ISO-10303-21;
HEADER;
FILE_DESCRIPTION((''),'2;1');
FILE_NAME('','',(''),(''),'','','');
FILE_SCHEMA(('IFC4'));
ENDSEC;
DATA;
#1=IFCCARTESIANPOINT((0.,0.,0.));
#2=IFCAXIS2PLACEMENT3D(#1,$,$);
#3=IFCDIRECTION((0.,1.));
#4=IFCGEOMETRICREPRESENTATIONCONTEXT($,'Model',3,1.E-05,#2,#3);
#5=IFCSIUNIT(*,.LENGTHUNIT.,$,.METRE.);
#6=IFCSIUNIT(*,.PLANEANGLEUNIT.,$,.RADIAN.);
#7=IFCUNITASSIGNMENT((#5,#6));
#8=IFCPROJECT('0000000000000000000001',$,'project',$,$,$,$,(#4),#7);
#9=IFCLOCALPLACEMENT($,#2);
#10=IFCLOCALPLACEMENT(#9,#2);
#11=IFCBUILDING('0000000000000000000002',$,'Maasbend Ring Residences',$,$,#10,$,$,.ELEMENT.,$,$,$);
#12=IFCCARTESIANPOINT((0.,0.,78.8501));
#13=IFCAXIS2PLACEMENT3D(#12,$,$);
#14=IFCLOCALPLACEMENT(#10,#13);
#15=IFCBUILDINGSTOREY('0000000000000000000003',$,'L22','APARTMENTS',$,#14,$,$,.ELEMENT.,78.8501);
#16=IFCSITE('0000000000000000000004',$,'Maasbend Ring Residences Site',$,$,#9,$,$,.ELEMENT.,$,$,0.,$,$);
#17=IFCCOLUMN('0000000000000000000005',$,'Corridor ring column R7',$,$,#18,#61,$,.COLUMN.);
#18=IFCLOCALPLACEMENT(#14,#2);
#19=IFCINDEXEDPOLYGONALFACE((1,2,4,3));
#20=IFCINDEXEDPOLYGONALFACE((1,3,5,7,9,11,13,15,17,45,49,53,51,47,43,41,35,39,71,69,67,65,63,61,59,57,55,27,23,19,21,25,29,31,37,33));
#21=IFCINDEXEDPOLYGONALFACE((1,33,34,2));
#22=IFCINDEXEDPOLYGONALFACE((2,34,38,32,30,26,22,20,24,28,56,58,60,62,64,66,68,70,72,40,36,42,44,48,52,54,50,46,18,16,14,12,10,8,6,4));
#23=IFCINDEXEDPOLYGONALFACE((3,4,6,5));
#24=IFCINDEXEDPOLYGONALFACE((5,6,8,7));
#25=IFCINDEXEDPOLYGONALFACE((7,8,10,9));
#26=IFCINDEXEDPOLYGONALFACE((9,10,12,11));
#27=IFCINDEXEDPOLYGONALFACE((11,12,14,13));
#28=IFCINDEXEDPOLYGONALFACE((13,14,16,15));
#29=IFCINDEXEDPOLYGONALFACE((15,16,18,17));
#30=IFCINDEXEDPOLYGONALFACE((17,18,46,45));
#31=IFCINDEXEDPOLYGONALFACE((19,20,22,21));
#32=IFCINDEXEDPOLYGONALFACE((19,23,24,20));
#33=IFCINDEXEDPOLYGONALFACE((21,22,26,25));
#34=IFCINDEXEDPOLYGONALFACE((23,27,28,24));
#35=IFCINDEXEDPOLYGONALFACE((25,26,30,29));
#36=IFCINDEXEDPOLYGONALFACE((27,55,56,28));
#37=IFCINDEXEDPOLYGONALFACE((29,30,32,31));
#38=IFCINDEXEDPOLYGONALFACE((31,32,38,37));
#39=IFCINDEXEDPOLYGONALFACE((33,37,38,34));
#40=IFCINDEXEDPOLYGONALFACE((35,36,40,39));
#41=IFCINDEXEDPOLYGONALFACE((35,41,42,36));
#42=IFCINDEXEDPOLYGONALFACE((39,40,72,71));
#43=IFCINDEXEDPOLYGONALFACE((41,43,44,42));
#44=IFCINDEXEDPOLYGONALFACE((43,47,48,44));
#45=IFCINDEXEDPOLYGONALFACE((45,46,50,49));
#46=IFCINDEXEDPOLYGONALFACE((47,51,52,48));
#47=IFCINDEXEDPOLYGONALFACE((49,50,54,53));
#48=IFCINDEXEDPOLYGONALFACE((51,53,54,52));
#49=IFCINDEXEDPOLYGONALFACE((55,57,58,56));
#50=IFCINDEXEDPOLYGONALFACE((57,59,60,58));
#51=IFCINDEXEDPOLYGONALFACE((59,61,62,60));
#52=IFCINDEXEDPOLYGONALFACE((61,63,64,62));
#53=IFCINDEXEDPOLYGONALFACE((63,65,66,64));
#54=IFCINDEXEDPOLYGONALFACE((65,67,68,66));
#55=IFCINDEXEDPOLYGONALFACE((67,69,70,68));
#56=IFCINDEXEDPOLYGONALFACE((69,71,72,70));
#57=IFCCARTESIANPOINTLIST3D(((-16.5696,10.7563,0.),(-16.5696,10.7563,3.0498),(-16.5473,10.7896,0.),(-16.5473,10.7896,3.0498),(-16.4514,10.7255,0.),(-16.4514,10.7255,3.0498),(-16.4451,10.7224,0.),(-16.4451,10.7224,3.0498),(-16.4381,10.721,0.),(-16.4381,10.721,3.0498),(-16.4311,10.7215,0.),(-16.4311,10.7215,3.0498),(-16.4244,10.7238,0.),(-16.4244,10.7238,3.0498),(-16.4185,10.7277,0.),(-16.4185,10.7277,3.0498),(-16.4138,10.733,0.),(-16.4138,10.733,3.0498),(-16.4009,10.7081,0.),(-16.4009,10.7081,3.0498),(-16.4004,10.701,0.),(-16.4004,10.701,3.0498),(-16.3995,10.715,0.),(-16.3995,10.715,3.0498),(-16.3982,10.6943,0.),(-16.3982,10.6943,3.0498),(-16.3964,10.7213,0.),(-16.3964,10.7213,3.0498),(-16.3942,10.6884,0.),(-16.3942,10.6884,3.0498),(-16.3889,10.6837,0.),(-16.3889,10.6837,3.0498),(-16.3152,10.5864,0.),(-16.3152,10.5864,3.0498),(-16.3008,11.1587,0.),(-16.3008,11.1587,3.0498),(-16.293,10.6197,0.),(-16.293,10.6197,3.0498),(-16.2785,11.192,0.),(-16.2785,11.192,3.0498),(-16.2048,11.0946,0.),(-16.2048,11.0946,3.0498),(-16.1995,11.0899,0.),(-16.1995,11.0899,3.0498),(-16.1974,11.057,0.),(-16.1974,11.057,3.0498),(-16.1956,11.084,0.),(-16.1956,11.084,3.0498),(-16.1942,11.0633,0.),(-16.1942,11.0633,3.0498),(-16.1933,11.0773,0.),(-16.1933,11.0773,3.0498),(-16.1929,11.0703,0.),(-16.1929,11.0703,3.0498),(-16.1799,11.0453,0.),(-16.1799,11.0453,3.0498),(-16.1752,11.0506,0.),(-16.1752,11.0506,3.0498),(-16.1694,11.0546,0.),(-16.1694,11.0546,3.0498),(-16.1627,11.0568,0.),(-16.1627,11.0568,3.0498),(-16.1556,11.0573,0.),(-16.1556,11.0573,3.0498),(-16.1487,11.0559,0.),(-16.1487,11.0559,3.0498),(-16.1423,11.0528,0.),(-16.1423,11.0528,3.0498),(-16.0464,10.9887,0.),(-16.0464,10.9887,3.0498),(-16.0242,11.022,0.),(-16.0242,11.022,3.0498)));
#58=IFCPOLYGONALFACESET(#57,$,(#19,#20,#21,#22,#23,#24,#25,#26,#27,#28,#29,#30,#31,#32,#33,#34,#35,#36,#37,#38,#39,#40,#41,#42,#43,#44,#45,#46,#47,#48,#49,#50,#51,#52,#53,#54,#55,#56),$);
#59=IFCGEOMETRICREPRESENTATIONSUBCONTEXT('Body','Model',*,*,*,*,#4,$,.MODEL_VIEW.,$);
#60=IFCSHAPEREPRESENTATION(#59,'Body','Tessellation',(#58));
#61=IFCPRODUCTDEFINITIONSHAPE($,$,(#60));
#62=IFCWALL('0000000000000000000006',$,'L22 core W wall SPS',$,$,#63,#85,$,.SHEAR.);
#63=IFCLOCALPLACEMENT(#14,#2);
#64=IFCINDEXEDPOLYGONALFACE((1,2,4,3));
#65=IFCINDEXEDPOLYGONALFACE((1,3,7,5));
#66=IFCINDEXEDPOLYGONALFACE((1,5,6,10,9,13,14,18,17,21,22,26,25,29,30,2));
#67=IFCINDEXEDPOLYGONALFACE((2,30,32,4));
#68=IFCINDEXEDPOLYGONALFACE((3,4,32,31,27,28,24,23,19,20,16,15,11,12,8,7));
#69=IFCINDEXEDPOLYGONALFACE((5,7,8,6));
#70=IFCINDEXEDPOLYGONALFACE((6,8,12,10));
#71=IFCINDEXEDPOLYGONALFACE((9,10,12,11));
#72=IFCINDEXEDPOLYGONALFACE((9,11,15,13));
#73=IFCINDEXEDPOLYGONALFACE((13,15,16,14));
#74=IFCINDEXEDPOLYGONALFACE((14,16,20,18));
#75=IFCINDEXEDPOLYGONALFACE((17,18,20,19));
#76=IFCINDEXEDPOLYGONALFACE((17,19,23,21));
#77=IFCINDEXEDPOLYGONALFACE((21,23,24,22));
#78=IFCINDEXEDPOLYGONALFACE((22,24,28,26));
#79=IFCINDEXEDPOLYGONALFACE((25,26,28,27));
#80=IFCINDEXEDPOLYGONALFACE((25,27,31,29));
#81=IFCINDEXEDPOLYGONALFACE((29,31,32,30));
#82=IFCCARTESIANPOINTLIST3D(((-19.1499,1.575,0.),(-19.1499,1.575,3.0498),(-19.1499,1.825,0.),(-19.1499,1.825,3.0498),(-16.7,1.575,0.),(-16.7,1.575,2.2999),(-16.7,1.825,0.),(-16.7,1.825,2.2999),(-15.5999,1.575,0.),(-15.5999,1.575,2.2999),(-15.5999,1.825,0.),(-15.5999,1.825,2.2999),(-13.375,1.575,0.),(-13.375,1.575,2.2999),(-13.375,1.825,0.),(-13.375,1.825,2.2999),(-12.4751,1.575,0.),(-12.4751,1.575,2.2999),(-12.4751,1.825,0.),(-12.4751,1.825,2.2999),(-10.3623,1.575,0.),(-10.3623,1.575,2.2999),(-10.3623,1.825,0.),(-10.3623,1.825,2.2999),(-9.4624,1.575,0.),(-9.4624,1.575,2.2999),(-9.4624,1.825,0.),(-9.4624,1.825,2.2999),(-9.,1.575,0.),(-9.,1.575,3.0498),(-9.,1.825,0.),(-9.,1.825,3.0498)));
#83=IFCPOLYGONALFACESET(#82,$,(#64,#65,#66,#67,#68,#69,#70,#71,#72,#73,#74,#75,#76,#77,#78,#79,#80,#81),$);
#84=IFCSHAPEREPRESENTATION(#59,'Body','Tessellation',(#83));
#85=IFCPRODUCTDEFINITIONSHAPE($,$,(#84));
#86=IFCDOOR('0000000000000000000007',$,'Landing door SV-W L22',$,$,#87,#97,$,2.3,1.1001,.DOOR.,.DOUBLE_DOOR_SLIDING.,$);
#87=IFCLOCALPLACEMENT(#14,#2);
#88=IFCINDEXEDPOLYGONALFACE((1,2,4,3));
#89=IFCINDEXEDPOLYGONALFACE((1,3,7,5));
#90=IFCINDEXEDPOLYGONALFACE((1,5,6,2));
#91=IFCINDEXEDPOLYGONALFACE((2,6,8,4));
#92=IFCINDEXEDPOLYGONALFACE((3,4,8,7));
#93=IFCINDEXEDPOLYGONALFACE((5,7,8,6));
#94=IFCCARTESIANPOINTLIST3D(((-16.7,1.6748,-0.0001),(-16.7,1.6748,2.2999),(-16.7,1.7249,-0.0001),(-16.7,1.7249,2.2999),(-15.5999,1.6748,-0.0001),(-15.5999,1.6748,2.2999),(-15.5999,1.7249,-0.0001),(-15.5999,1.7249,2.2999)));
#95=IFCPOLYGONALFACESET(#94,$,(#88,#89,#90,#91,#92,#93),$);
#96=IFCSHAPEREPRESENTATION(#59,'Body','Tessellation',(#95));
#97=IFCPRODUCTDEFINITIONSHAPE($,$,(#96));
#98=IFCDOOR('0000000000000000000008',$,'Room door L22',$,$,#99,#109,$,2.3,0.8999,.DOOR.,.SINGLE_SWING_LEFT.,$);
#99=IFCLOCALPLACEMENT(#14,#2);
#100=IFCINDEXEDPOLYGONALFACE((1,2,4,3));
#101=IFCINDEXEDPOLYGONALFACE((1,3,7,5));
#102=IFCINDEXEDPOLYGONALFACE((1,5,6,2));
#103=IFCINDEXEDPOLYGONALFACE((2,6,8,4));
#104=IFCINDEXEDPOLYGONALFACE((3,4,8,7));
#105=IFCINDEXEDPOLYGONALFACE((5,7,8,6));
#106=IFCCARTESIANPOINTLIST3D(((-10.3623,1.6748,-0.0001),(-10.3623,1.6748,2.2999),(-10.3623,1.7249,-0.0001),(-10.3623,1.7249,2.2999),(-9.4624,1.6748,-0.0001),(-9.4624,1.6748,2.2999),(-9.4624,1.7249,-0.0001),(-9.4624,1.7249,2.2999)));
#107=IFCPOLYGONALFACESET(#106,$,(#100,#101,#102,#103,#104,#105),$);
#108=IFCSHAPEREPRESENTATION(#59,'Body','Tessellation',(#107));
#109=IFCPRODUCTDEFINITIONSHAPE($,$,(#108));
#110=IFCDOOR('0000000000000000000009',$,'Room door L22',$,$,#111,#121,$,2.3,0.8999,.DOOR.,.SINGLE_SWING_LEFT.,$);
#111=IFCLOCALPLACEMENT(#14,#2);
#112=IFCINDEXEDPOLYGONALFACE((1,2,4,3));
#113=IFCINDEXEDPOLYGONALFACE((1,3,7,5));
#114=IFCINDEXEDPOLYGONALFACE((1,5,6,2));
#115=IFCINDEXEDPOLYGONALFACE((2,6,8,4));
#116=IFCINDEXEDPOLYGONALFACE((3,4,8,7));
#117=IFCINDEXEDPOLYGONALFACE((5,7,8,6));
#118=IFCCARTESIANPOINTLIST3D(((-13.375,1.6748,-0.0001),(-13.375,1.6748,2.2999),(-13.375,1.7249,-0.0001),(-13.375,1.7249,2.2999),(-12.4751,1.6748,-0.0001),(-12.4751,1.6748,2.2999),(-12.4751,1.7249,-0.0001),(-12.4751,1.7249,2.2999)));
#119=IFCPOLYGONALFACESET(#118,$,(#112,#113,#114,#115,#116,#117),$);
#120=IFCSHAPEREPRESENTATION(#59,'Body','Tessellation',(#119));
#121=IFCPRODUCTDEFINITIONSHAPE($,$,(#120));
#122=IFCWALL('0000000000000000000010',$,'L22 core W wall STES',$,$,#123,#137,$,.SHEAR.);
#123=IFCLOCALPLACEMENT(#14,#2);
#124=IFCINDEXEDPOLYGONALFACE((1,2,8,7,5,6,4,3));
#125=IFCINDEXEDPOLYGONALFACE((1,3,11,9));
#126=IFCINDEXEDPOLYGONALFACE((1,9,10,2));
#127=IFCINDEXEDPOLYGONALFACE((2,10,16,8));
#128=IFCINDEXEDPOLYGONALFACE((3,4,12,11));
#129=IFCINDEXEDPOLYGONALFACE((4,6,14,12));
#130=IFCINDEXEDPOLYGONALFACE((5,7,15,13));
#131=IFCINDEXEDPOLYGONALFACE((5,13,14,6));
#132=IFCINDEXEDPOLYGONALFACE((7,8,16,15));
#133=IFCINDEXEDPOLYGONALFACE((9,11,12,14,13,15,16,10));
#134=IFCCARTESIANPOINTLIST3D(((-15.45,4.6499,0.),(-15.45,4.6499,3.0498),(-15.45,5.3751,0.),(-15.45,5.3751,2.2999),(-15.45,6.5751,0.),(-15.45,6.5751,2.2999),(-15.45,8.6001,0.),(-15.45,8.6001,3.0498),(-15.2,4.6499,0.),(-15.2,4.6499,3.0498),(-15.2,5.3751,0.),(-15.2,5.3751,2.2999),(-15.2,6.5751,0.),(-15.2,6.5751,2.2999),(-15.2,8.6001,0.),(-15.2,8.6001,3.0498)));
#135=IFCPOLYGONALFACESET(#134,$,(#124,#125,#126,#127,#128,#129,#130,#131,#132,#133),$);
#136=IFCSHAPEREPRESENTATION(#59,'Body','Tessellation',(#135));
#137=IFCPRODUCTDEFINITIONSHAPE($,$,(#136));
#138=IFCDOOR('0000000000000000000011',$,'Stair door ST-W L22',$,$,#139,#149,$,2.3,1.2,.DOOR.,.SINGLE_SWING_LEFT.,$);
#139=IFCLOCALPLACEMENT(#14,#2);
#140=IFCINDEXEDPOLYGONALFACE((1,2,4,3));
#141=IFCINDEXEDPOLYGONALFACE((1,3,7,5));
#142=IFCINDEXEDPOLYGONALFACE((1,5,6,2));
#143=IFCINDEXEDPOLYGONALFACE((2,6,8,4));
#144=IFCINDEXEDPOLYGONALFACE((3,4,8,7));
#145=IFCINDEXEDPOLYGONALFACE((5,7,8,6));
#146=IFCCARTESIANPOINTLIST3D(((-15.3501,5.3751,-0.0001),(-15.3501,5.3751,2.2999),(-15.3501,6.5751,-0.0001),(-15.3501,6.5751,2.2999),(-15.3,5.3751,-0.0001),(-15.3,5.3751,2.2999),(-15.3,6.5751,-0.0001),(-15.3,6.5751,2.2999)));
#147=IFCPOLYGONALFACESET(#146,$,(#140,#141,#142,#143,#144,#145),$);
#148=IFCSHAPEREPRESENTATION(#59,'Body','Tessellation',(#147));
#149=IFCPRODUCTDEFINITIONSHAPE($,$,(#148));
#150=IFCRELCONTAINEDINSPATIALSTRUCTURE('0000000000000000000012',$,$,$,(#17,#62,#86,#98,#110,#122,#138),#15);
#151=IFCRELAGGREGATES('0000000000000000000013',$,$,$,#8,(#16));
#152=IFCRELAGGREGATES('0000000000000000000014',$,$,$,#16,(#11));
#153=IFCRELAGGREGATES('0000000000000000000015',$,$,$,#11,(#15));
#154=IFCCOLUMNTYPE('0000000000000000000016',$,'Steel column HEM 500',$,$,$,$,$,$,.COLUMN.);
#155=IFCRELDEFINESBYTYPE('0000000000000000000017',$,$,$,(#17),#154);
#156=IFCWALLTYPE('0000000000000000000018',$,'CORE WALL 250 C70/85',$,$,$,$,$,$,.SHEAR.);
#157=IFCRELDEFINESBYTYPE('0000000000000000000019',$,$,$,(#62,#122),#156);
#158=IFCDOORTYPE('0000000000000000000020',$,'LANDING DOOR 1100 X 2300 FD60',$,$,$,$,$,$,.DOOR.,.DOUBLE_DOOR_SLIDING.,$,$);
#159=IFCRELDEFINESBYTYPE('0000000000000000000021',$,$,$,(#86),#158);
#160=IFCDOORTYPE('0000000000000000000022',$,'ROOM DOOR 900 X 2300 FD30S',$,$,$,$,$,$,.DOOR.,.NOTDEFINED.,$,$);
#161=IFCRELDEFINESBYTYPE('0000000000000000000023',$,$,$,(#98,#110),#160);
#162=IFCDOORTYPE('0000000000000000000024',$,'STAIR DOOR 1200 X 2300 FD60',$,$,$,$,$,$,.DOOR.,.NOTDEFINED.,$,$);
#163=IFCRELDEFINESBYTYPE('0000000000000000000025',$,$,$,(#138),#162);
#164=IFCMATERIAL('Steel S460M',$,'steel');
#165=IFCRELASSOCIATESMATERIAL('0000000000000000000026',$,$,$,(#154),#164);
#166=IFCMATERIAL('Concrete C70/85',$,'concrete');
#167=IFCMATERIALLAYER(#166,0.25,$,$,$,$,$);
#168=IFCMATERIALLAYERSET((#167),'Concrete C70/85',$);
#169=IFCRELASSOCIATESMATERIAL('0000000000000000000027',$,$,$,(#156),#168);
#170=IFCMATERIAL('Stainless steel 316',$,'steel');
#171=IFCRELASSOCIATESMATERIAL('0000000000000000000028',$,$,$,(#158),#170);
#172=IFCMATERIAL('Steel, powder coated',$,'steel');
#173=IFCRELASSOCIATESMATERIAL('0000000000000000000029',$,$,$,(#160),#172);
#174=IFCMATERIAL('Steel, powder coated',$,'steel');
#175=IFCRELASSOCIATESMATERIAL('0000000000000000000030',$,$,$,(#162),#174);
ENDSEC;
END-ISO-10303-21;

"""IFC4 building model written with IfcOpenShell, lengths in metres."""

from ifc_helpers import new_model, si_unit, direction, frame, frame_2d, origin, origin_2d, place, context, subcontext, project, spatial, rectangle, i_section, extrude, material, layer, layer_set, material_profile, profile_set, type_object, element, fill, save


model = new_model("IFC4")

# Units and contexts
model_context = context("Model", 3, precision=1e-05, world=origin(), true_north=direction((0.0, 1.0)))
body_context = subcontext(model_context, "Body", "Model", "MODEL_VIEW")
ifc_project = project(units=[si_unit("LENGTHUNIT", "METRE"), si_unit("PLANEANGLEUNIT", "RADIAN")], contexts=[model_context])

# Site, building, storey
site_placement = place(None, origin())
site = spatial("IfcSite", under=ifc_project, at=site_placement, Name="Maasbend Ring Residences Site", CompositionType="ELEMENT", RefElevation=0.0)
building_placement = place(site_placement, origin())
building = spatial("IfcBuilding", under=site, at=building_placement, Name="Maasbend Ring Residences", CompositionType="ELEMENT")
storey_placement = place(building_placement, frame((0.0, 0.0, 78.8501)))
storey = spatial("IfcBuildingStorey", under=building, at=storey_placement, Name="L22", Description="APARTMENTS", CompositionType="ELEMENT", Elevation=78.8501)

# Column
ifc_material_1 = material(Name="Steel S460M", Category="steel")
ifc_material_profile = material_profile(ifc_material_1, i_section(OverallWidth=0.3059, OverallDepth=0.5239, WebThickness=0.021, FlangeThickness=0.04, FilletRadius=0.0271, at=origin_2d()), Name="HEM 500")
ifc_profile_set = profile_set([ifc_material_profile], Name="Steel S460M")
column_type = type_object("IfcColumnType", Name="Steel column HEM 500", PredefinedType="COLUMN", material=ifc_profile_set)
column_placement = place(storey_placement, frame((-16.2969, 10.8892, 0.0), z_axis=(0.0, 0.0, 1.0), x_axis=(-0.83147, 0.55557, 0.0)))
element("IfcColumn", 1, at=column_placement, inside=storey, type_object=column_type, Name="Corridor ring column R7", PredefinedType="COLUMN", context=body_context, shape_type="SweptSolid", body=[
    extrude(i_section(OverallWidth=0.3059, OverallDepth=0.5239, WebThickness=0.021, FlangeThickness=0.04, FilletRadius=0.0271, at=origin_2d()), origin(), (0.0, 0.0, 1.0), 3.0498),
])

# Wall, openings, doors
ifc_material_2 = material(Name="Concrete C70/85", Category="concrete")
ifc_layer_1 = layer(ifc_material_2, 0.25)
ifc_layer_set_1 = layer_set([ifc_layer_1], Name="Concrete C70/85")
wall_type_1 = type_object("IfcWallType", Name="CORE WALL 250 C70/85", PredefinedType="SHEAR", material=ifc_layer_set_1)
wall_1_placement = place(storey_placement, frame((-19.1499, 1.7, 0.0), z_axis=(0.0, 0.0, 1.0), x_axis=(1.0, 0.0, 0.0)))
wall_1 = element("IfcWall", 2, at=wall_1_placement, inside=storey, type_object=wall_type_1, Name="L22 core W wall SPS", PredefinedType="SHEAR", context=body_context, shape_type="SweptSolid", body=[
    extrude(rectangle(XDim=10.1499, YDim=0.25, at=frame_2d((5.075, 0.0))), origin(), (0.0, 0.0, 1.0), 3.0498),
])
opening_1_placement = place(wall_1_placement, frame((2.45, 0.0, 0.0)))
opening_1 = element("IfcOpeningElement", 3, at=opening_1_placement, cuts=wall_1, PredefinedType="OPENING", context=body_context, shape_type="SweptSolid", body=[
    extrude(rectangle(XDim=1.1001, YDim=2.3, at=frame_2d((0.55, 1.1499))), frame((0.0, 0.135, 0.0), z_axis=(0.0, -1.0, 0.0), x_axis=(1.0, 0.0, 0.0)), (0.0, 0.0, 1.0), 0.27),
])
opening_2_placement = place(wall_1_placement, frame((8.7876, 0.0, 0.0)))
opening_2 = element("IfcOpeningElement", 4, at=opening_2_placement, cuts=wall_1, PredefinedType="OPENING", context=body_context, shape_type="SweptSolid", body=[
    extrude(rectangle(XDim=0.8999, YDim=2.3, at=frame_2d((0.45, 1.1499))), frame((0.0, 0.135, 0.0), z_axis=(0.0, -1.0, 0.0), x_axis=(1.0, 0.0, 0.0)), (0.0, 0.0, 1.0), 0.27),
])
opening_3_placement = place(wall_1_placement, frame((5.7749, 0.0, 0.0)))
opening_3 = element("IfcOpeningElement", 5, at=opening_3_placement, cuts=wall_1, PredefinedType="OPENING", context=body_context, shape_type="SweptSolid", body=[
    extrude(rectangle(XDim=0.8999, YDim=2.3, at=frame_2d((0.45, 1.1499))), frame((0.0, 0.135, 0.0), z_axis=(0.0, -1.0, 0.0), x_axis=(1.0, 0.0, 0.0)), (0.0, 0.0, 1.0), 0.27),
])
ifc_material_3 = material(Name="Stainless steel 316", Category="steel")
door_type_1 = type_object("IfcDoorType", Name="LANDING DOOR 1100 X 2300 FD60", OperationType="DOUBLE_DOOR_SLIDING", PredefinedType="DOOR", material=ifc_material_3)
door_1_placement = place(opening_1_placement, origin())
door_1 = element("IfcDoor", 6, at=door_1_placement, inside=storey, type_object=door_type_1, Name="Landing door SV-W L22", OperationType="DOUBLE_DOOR_SLIDING", OverallHeight=2.3, OverallWidth=1.1001, PredefinedType="DOOR", context=body_context, shape_type="SweptSolid", body=[
    extrude(rectangle(XDim=1.1001, YDim=2.3, at=frame_2d((0.55, 1.1499))), frame((0.0, 0.0249, 0.0), z_axis=(0.0, -1.0, 0.0), x_axis=(1.0, 0.0, 0.0)), (0.0, 0.0, 1.0), 0.05),
])
fill(opening_1, door_1)
ifc_material_4 = material(Name="Steel, powder coated", Category="steel")
door_type_2 = type_object("IfcDoorType", Name="ROOM DOOR 900 X 2300 FD30S", OperationType="NOTDEFINED", PredefinedType="DOOR", material=ifc_material_4)
door_2_placement = place(opening_2_placement, origin())
door_2 = element("IfcDoor", 7, at=door_2_placement, inside=storey, type_object=door_type_2, Name="Room door L22", OperationType="SINGLE_SWING_LEFT", OverallHeight=2.3, OverallWidth=0.8999, PredefinedType="DOOR", context=body_context, shape_type="SweptSolid", body=[
    extrude(rectangle(XDim=0.8999, YDim=2.3, at=frame_2d((0.45, 1.1499))), frame((0.0, 0.0249, 0.0), z_axis=(0.0, -1.0, 0.0), x_axis=(1.0, 0.0, 0.0)), (0.0, 0.0, 1.0), 0.05),
])
fill(opening_2, door_2)
door_3_placement = place(opening_3_placement, origin())
door_3 = element("IfcDoor", 8, at=door_3_placement, inside=storey, type_object=door_type_2, Name="Room door L22", OperationType="SINGLE_SWING_LEFT", OverallHeight=2.3, OverallWidth=0.8999, PredefinedType="DOOR", context=body_context, shape_type="SweptSolid", body=[
    extrude(rectangle(XDim=0.8999, YDim=2.3, at=frame_2d((0.45, 1.1499))), frame((0.0, 0.0249, 0.0), z_axis=(0.0, -1.0, 0.0), x_axis=(1.0, 0.0, 0.0)), (0.0, 0.0, 1.0), 0.05),
])
fill(opening_3, door_3)

# Wall, opening, door
wall_2_placement = place(storey_placement, frame((-15.325, 8.6001, 0.0), z_axis=(0.0, 0.0, 1.0), x_axis=(0.0, -1.0, 0.0)))
wall_2 = element("IfcWall", 9, at=wall_2_placement, inside=storey, type_object=wall_type_1, Name="L22 core W wall STES", PredefinedType="SHEAR", context=body_context, shape_type="SweptSolid", body=[
    extrude(rectangle(XDim=3.9502, YDim=0.25, at=frame_2d((1.9751, 0.0))), origin(), (0.0, 0.0, 1.0), 3.0498),
])
opening_4_placement = place(wall_2_placement, frame((2.0249, 0.0, 0.0)))
opening_4 = element("IfcOpeningElement", 10, at=opening_4_placement, cuts=wall_2, PredefinedType="OPENING", context=body_context, shape_type="SweptSolid", body=[
    extrude(rectangle(XDim=1.2, YDim=2.3, at=frame_2d((0.6001, 1.1499))), frame((0.0, 0.135, 0.0), z_axis=(0.0, -1.0, 0.0), x_axis=(1.0, 0.0, 0.0)), (0.0, 0.0, 1.0), 0.27),
])
ifc_material_5 = material(Name="Steel, powder coated", Category="steel")
door_type_3 = type_object("IfcDoorType", Name="STAIR DOOR 1200 X 2300 FD60", OperationType="NOTDEFINED", PredefinedType="DOOR", material=ifc_material_5)
door_4_placement = place(opening_4_placement, origin())
door_4 = element("IfcDoor", 11, at=door_4_placement, inside=storey, type_object=door_type_3, Name="Stair door ST-W L22", OperationType="SINGLE_SWING_LEFT", OverallHeight=2.3, OverallWidth=1.2, PredefinedType="DOOR", context=body_context, shape_type="SweptSolid", body=[
    extrude(rectangle(XDim=1.2, YDim=2.3, at=frame_2d((0.6001, 1.1499))), frame((0.0, 0.0249, 0.0), z_axis=(0.0, -1.0, 0.0), x_axis=(1.0, 0.0, 0.0)), (0.0, 0.0, 1.0), 0.05),
])
fill(opening_4, door_4)

save(model, "model.ifc")
